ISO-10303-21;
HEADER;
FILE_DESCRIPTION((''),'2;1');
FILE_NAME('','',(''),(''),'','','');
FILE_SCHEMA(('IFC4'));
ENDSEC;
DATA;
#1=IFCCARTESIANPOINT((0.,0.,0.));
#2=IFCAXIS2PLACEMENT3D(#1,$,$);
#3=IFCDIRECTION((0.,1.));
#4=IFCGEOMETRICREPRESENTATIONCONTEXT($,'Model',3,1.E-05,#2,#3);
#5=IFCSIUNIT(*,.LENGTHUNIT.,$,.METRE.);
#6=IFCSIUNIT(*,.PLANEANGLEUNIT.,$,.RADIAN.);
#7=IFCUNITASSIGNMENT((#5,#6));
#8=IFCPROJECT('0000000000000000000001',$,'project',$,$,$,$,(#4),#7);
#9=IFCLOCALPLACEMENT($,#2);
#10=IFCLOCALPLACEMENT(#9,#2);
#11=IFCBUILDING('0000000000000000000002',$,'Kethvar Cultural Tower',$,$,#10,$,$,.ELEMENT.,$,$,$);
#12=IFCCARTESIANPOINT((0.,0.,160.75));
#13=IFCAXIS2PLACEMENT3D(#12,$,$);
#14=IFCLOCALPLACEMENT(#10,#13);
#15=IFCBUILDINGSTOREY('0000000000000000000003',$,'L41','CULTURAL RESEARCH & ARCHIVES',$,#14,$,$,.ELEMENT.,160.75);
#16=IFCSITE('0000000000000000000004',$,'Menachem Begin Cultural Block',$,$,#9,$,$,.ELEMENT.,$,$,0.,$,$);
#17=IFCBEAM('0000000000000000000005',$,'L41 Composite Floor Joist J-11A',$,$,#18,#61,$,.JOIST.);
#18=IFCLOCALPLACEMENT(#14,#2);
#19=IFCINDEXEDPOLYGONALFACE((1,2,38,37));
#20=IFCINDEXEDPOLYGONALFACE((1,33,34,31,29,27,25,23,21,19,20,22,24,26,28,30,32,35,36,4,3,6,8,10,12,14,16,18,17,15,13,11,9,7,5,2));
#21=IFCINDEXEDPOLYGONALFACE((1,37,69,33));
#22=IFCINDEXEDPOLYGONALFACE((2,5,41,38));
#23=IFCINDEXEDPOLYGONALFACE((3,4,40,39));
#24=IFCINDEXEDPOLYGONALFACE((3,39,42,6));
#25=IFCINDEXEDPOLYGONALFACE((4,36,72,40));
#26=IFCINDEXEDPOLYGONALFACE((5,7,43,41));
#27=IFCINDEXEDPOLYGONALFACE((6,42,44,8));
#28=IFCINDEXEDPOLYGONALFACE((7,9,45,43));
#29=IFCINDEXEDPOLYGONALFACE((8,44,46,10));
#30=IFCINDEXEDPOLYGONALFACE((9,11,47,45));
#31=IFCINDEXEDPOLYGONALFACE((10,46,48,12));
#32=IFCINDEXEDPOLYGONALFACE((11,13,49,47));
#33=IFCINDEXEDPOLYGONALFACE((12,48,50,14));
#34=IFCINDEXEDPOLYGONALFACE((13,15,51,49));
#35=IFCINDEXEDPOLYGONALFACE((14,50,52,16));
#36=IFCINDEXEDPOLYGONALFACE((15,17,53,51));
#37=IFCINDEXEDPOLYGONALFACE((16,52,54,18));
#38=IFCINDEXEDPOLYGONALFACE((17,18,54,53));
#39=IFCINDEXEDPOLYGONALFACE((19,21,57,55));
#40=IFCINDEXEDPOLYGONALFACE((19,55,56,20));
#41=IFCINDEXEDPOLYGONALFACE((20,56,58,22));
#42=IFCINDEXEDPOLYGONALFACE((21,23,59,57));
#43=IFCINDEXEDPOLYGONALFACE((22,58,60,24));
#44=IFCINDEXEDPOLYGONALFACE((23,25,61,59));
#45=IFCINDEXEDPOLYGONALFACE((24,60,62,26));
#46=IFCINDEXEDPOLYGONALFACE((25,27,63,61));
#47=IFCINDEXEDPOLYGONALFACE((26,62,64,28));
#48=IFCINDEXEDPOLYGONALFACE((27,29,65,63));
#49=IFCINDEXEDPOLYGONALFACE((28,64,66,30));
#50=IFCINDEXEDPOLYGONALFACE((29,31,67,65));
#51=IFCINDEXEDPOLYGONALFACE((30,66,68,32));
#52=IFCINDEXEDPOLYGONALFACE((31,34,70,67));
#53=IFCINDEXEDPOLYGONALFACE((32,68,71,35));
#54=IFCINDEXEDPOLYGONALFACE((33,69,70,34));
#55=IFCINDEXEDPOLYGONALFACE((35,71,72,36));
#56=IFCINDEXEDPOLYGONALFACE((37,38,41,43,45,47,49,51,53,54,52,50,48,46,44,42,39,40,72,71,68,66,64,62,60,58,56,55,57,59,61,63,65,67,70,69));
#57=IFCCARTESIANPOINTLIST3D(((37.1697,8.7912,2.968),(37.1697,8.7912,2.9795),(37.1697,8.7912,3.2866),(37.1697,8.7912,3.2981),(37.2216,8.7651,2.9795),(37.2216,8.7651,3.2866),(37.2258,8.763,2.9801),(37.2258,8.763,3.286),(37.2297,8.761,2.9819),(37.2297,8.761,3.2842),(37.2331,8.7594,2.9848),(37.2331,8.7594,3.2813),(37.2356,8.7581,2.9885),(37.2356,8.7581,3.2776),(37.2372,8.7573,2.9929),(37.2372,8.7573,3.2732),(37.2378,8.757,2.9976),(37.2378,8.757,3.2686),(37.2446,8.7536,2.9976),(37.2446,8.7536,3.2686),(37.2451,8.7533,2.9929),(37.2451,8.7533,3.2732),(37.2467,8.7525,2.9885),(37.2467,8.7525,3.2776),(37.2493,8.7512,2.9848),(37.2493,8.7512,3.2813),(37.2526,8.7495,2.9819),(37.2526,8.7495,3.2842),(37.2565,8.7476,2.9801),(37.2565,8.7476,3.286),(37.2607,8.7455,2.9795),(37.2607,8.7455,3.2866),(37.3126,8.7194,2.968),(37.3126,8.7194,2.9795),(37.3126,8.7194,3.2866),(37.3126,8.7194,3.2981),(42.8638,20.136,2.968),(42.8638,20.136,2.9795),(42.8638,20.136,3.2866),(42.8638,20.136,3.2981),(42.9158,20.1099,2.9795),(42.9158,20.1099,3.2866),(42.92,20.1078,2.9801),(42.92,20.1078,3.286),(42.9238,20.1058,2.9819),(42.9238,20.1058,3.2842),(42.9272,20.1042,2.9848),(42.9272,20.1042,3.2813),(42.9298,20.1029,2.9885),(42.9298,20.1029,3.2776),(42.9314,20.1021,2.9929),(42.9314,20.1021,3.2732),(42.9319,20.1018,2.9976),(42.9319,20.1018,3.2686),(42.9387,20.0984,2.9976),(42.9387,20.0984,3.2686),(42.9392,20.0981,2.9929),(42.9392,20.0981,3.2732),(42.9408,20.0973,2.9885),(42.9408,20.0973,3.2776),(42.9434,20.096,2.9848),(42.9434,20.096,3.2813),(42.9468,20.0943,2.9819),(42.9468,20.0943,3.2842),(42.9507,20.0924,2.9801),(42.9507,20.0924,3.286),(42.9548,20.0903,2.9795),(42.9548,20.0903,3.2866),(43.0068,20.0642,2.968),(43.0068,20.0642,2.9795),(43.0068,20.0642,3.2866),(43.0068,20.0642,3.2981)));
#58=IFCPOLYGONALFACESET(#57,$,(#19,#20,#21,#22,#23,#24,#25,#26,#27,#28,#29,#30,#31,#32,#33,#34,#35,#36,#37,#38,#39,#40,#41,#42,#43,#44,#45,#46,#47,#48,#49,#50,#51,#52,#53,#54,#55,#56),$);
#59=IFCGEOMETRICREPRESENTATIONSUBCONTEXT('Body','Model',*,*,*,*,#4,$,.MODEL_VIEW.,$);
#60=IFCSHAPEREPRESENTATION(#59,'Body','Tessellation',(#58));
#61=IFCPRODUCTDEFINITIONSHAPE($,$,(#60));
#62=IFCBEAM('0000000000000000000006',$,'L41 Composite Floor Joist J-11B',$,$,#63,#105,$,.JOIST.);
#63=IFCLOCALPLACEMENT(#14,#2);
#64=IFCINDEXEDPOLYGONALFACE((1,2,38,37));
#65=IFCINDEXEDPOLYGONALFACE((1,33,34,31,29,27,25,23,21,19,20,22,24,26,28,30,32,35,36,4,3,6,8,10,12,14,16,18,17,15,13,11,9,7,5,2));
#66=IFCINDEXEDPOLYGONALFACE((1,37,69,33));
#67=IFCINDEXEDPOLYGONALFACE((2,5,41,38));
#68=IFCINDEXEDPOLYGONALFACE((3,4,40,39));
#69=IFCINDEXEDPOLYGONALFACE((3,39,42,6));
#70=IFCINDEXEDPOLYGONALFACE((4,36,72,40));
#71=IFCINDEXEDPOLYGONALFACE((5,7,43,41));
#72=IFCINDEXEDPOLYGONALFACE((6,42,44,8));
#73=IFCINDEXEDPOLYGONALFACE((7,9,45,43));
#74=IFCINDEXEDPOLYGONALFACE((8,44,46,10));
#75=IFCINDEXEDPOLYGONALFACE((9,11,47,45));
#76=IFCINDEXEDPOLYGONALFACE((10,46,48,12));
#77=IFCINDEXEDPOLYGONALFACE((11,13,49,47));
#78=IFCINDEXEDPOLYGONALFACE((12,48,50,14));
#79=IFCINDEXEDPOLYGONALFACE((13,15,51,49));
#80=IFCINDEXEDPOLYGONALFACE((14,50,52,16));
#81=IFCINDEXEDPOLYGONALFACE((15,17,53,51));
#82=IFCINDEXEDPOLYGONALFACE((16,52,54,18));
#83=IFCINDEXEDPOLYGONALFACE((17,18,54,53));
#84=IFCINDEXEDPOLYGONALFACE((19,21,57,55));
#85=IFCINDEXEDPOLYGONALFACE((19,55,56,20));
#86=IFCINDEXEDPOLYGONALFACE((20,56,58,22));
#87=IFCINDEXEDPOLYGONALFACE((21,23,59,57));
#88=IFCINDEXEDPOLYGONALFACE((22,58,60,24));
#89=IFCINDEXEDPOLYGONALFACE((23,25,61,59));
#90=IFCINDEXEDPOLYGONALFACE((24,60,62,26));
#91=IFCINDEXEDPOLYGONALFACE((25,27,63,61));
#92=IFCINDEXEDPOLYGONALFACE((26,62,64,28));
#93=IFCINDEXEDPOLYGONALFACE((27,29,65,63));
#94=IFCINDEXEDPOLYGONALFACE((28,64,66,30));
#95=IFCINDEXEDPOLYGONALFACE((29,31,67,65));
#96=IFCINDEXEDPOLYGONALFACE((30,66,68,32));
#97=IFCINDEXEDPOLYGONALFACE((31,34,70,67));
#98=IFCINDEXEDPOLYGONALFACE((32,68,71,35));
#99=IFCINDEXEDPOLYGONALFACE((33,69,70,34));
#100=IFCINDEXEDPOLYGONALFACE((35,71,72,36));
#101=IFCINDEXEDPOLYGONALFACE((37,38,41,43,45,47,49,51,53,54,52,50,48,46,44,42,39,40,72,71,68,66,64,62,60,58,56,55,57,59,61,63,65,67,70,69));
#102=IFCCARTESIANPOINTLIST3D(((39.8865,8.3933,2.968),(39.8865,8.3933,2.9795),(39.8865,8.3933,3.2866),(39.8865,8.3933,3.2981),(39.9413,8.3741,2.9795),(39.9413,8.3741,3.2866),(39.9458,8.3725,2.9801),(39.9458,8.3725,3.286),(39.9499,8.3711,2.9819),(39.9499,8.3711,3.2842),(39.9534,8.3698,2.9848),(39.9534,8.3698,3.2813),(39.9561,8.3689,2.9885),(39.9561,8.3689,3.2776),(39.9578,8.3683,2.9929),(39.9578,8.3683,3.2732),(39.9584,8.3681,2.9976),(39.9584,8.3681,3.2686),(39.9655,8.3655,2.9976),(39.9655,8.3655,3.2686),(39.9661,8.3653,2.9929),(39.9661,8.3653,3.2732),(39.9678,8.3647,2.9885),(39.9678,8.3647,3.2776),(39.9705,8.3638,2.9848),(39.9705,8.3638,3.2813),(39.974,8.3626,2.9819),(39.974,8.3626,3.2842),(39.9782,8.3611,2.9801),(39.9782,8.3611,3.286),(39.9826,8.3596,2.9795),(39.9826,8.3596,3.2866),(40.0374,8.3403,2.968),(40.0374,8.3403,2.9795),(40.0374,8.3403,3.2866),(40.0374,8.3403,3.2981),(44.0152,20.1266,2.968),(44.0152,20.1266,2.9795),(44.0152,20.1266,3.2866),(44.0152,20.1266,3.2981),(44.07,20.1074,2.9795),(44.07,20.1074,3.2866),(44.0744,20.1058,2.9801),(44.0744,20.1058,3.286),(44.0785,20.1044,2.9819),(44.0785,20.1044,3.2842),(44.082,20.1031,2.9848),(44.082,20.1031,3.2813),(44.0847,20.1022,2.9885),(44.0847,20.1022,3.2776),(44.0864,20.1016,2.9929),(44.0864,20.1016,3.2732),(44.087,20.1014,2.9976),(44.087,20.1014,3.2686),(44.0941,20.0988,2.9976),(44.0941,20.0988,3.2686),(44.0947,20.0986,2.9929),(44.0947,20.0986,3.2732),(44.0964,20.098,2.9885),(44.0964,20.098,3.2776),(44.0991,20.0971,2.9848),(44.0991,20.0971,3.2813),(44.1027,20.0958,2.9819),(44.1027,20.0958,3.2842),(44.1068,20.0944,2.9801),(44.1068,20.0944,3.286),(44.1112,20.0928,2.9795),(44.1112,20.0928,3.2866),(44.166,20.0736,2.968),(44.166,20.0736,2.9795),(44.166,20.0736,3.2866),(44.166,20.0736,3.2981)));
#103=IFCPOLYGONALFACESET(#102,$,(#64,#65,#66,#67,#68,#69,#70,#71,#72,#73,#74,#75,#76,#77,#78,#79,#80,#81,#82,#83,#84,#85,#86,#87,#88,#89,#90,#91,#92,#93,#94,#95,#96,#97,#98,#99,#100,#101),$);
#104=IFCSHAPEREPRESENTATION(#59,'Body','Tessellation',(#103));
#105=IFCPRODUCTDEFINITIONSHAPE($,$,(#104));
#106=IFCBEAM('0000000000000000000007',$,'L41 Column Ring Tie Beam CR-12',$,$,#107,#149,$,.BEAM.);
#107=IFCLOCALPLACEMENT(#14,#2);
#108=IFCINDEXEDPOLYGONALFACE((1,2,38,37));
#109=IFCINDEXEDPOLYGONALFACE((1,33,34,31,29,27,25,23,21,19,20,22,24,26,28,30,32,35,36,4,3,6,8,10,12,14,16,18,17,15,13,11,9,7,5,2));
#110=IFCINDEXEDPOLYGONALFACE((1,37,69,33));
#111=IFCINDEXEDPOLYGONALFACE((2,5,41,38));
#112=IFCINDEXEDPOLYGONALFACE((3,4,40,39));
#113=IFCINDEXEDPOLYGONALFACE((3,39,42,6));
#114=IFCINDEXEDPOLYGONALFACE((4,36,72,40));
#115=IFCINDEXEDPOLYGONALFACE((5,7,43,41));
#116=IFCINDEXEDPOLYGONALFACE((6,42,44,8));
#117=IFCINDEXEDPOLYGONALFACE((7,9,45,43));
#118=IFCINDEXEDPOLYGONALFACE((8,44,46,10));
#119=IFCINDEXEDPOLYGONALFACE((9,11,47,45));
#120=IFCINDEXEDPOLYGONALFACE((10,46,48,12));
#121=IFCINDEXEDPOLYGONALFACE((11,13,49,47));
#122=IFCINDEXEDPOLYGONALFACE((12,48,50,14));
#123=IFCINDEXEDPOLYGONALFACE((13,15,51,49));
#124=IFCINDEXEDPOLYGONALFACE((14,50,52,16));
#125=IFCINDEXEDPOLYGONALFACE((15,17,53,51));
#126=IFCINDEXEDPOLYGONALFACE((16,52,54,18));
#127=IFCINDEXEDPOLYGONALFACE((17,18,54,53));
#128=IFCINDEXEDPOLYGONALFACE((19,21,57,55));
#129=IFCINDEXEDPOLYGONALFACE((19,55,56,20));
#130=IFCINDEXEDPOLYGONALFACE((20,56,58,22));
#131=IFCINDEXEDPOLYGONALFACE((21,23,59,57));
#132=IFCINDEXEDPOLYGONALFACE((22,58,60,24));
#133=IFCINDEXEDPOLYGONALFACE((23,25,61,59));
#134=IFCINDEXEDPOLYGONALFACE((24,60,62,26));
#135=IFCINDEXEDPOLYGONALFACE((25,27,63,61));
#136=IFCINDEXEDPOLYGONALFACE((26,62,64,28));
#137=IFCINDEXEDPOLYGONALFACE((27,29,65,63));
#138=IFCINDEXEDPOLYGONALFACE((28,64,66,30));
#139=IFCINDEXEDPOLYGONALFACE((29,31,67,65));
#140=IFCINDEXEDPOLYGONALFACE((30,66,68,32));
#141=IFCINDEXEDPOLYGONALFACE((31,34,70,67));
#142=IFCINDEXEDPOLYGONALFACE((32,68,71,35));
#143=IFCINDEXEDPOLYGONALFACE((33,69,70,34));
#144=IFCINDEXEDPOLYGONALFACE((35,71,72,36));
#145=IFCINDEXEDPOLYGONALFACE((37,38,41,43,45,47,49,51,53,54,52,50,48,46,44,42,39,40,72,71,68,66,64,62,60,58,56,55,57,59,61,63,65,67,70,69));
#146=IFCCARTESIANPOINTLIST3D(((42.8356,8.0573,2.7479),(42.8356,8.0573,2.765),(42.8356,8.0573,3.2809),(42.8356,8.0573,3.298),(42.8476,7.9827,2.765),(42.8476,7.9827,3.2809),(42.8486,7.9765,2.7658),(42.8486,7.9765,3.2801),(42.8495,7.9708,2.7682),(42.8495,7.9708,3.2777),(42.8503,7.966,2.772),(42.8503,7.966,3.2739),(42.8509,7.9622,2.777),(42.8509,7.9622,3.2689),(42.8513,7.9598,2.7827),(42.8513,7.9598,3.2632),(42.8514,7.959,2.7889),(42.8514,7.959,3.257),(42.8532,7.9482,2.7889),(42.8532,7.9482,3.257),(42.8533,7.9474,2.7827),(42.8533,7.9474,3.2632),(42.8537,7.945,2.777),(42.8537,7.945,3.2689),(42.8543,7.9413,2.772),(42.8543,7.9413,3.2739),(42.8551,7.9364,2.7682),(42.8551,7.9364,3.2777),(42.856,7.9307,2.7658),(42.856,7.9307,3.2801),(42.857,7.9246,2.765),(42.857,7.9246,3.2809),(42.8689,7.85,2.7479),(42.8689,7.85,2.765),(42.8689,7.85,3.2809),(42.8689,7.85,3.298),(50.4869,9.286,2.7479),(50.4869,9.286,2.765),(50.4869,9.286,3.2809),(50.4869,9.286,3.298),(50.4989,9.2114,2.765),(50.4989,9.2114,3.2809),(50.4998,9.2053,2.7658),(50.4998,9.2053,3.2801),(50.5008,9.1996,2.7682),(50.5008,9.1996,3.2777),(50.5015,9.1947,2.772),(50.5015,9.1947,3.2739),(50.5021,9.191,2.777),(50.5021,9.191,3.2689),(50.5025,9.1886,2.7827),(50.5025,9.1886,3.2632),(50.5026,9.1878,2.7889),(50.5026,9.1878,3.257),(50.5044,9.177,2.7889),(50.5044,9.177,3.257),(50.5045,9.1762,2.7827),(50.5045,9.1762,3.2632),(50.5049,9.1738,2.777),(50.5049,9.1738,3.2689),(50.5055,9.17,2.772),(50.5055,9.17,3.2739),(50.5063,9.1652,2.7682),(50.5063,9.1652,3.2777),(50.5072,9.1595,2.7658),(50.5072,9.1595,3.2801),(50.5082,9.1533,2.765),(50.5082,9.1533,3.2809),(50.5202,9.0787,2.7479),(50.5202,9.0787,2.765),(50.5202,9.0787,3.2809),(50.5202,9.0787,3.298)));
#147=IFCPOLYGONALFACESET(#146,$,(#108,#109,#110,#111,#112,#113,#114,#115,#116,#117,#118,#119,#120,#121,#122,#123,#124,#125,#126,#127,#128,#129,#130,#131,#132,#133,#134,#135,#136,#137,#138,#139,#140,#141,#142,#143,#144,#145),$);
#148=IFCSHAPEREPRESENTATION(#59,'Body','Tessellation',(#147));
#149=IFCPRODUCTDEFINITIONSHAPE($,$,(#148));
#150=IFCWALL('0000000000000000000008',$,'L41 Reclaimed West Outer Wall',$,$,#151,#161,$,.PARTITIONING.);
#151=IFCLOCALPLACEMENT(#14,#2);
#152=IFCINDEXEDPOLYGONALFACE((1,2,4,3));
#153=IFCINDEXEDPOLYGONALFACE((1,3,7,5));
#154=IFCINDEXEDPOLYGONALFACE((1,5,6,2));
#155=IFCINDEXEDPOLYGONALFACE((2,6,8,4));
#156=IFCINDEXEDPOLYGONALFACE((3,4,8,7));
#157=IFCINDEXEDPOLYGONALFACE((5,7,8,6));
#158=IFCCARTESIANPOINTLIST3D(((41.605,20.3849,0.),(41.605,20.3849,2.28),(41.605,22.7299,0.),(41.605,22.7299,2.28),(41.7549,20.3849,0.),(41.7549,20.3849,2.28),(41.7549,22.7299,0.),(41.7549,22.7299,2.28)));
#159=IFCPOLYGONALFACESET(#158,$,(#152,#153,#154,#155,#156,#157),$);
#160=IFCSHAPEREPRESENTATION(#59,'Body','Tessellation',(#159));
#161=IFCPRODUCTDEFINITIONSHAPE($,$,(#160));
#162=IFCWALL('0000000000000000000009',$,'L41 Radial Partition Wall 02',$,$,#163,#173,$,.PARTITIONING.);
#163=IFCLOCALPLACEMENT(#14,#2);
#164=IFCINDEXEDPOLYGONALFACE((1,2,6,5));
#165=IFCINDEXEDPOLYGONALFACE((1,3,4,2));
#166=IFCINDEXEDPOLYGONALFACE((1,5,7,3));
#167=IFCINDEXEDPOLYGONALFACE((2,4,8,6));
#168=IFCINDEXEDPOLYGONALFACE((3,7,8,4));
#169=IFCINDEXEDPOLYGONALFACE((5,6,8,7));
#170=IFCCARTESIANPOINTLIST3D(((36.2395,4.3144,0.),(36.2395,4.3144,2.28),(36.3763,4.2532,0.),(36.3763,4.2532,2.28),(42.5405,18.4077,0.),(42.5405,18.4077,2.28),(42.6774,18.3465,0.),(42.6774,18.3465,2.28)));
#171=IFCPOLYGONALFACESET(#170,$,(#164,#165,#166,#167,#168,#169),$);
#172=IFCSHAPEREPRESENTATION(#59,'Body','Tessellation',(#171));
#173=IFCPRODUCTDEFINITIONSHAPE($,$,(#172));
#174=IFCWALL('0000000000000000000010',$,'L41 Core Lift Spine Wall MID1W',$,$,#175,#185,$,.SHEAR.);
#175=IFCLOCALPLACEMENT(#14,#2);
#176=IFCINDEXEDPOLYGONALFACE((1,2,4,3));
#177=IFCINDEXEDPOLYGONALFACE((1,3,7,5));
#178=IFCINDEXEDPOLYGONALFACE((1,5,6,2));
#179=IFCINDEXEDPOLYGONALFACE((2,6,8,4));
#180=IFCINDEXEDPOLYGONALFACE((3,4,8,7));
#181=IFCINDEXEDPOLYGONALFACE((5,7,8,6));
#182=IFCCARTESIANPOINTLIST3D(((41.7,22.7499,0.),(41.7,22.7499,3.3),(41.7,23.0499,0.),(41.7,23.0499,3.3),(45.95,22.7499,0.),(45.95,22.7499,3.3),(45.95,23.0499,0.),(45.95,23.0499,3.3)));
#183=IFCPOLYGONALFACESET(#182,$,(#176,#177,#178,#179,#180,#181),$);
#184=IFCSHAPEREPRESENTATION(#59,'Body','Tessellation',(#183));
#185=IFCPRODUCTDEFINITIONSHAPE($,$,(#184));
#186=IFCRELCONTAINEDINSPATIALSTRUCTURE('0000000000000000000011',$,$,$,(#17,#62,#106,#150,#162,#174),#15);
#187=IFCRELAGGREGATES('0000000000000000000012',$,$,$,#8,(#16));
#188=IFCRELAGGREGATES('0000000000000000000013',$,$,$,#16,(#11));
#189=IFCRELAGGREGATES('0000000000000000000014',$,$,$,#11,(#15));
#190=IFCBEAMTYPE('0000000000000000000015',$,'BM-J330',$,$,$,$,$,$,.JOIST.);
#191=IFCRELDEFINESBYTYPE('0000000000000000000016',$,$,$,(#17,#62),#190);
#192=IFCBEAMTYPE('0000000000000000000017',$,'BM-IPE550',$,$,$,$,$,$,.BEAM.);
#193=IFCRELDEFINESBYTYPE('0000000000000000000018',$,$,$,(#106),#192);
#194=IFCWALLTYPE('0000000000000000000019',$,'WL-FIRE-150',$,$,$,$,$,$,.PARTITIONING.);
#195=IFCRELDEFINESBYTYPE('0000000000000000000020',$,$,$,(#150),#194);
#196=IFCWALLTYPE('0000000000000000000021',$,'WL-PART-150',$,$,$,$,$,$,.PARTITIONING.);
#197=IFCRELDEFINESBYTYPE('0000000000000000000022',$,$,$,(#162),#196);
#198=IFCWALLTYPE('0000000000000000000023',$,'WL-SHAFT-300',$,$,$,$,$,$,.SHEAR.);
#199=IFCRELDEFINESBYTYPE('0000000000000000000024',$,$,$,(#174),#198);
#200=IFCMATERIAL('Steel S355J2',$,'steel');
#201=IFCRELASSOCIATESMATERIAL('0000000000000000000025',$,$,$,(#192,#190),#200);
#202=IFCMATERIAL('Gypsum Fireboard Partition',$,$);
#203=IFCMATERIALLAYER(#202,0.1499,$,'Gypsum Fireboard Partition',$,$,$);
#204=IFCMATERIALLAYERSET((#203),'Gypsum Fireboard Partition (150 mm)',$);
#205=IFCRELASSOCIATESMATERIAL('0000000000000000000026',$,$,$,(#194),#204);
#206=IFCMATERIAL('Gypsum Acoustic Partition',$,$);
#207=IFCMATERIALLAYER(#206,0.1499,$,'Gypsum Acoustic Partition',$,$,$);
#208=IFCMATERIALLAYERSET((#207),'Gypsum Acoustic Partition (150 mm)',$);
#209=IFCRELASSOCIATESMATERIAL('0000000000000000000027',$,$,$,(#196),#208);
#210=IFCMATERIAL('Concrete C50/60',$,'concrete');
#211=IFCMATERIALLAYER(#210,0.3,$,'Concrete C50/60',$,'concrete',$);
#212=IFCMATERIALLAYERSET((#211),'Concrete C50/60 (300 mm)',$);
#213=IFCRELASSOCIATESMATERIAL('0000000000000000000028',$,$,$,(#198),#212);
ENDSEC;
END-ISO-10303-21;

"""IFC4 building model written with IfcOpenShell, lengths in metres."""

from ifc_helpers import new_model, si_unit, direction, frame, frame_2d, origin, origin_2d, place, context, subcontext, project, spatial, rectangle, i_section, extrude, source, transform, mapped, material, layer, layer_set, material_profile, profile_set, type_object, element, save


model = new_model("IFC4")

# Units and contexts
model_context = context("Model", 3, precision=1e-05, world=origin(), true_north=direction((0.0, 1.0)))
body_context = subcontext(model_context, "Body", "Model", "MODEL_VIEW")
ifc_project = project(units=[si_unit("LENGTHUNIT", "METRE"), si_unit("PLANEANGLEUNIT", "RADIAN")], contexts=[model_context])

# Site, building, storey
site_placement = place(None, origin())
site = spatial("IfcSite", under=ifc_project, at=site_placement, Name="Menachem Begin Cultural Block", CompositionType="ELEMENT", RefElevation=0.0)
building_placement = place(site_placement, origin())
building = spatial("IfcBuilding", under=site, at=building_placement, Name="Kethvar Cultural Tower", CompositionType="ELEMENT")
storey_placement = place(building_placement, frame((0.0, 0.0, 160.75)))
storey = spatial("IfcBuildingStorey", under=building, at=storey_placement, Name="L41", Description="CULTURAL RESEARCH & ARCHIVES", CompositionType="ELEMENT", Elevation=160.75)

# Beams
ifc_material_1 = material(Name="Steel S355J2", Category="steel")
ifc_material_profile_1 = material_profile(ifc_material_1, i_section(OverallWidth=0.21, OverallDepth=0.55, WebThickness=0.011, FlangeThickness=0.0171, FilletRadius=0.0239, at=origin_2d()), Name="Steel S355J2 — IPE550")
ifc_profile_set_1 = profile_set([ifc_material_profile_1], Name="Steel S355J2 — IPE550")
beam_type_1 = type_object("IfcBeamType", Name="BM-IPE550", PredefinedType="BEAM", material=ifc_profile_set_1)
ifc_material_profile_2 = material_profile(ifc_material_1, i_section(OverallWidth=0.1599, OverallDepth=0.3301, WebThickness=0.0076, FlangeThickness=0.0115, FilletRadius=0.0181, at=origin_2d()), Name="Steel S355J2 — IPE330")
ifc_profile_set_2 = profile_set([ifc_material_profile_2], Name="Steel S355J2 — IPE330")
beam_type_2 = type_object("IfcBeamType", Name="BM-J330", PredefinedType="JOIST", material=ifc_profile_set_2)
shared_shape_1 = source(origin(), body_context, "Body", "SweptSolid", [
    extrude(i_section(OverallWidth=0.1599, OverallDepth=0.3301, WebThickness=0.0076, FlangeThickness=0.0115, FilletRadius=0.0181, at=origin_2d()), origin(), (0.0, 0.0, 1.0), 12.6936),
])
beam_1_placement = place(storey_placement, frame((42.9353, 20.1001, 3.1331), z_axis=(-0.448582, -0.893741, 0.0), x_axis=(0.893741, -0.448582, 0.0)))
element("IfcBeam", 1, at=beam_1_placement, inside=storey, type_object=beam_type_2, Name="L41 Composite Floor Joist J-11A", PredefinedType="JOIST", context=body_context, shape_type="MappedRepresentation", body=[
    mapped(shared_shape_1, transform((0.0, 0.0, 0.0), scale=1.0)),
])
shared_shape_2 = source(origin(), body_context, "Body", "SweptSolid", [
    extrude(i_section(OverallWidth=0.1599, OverallDepth=0.3301, WebThickness=0.0076, FlangeThickness=0.0115, FilletRadius=0.0181, at=origin_2d()), origin(), (0.0, 0.0, 1.0), 12.4385),
])
beam_2_placement = place(storey_placement, frame((44.0906, 20.1001, 3.1331), z_axis=(-0.331924, -0.943306, 0.0), x_axis=(0.943306, -0.331924, 0.0)))
element("IfcBeam", 2, at=beam_2_placement, inside=storey, type_object=beam_type_2, Name="L41 Composite Floor Joist J-11B", PredefinedType="JOIST", context=body_context, shape_type="MappedRepresentation", body=[
    mapped(shared_shape_2, transform((0.0, 0.0, 0.0), scale=1.0)),
])
shared_shape_3 = source(origin(), body_context, "Body", "SweptSolid", [
    extrude(i_section(OverallWidth=0.21, OverallDepth=0.55, WebThickness=0.011, FlangeThickness=0.0171, FilletRadius=0.0239, at=origin_2d()), origin(), (0.0, 0.0, 1.0), 7.7493),
])
beam_3_placement = place(storey_placement, frame((42.8523, 7.9536, 3.0229), z_axis=(0.987348, 0.158567, 0.0), x_axis=(-0.158567, 0.987348, 0.0)))
element("IfcBeam", 3, at=beam_3_placement, inside=storey, type_object=beam_type_1, Name="L41 Column Ring Tie Beam CR-12", PredefinedType="BEAM", context=body_context, shape_type="MappedRepresentation", body=[
    mapped(shared_shape_3, transform((0.0, 0.0, 0.0), scale=1.0)),
])

# Walls
ifc_material_2 = material(Name="Gypsum Fireboard Partition")
ifc_layer_1 = layer(ifc_material_2, 0.1499, Name="Gypsum Fireboard Partition")
ifc_layer_set_1 = layer_set([ifc_layer_1], Name="Gypsum Fireboard Partition (150 mm)")
wall_type_1 = type_object("IfcWallType", Name="WL-FIRE-150", PredefinedType="PARTITIONING", material=ifc_layer_set_1)
wall_1_placement = place(storey_placement, frame((41.6799, 20.385, 0.0), z_axis=(0.0, 0.0, 1.0), x_axis=(0.0, 1.0, 0.0)))
element("IfcWall", 4, at=wall_1_placement, inside=storey, type_object=wall_type_1, Name="L41 Reclaimed West Outer Wall", PredefinedType="PARTITIONING", context=body_context, shape_type="SweptSolid", body=[
    extrude(rectangle(XDim=2.345, YDim=0.1499, at=frame_2d((1.1724, 0.0))), origin(), (0.0, 0.0, 1.0), 2.28),
])
ifc_material_3 = material(Name="Gypsum Acoustic Partition")
ifc_layer_2 = layer(ifc_material_3, 0.1499, Name="Gypsum Acoustic Partition")
ifc_layer_set_2 = layer_set([ifc_layer_2], Name="Gypsum Acoustic Partition (150 mm)")
wall_type_2 = type_object("IfcWallType", Name="WL-PART-150", PredefinedType="PARTITIONING", material=ifc_layer_set_2)
wall_2_placement = place(storey_placement, frame((42.6089, 18.377, 0.0), z_axis=(0.0, 0.0, 1.0), x_axis=(-0.408158, -0.912911, 0.0)))
element("IfcWall", 5, at=wall_2_placement, inside=storey, type_object=wall_type_2, Name="L41 Radial Partition Wall 02", PredefinedType="PARTITIONING", context=body_context, shape_type="SweptSolid", body=[
    extrude(rectangle(XDim=15.4377, YDim=0.1499, at=frame_2d((7.7188, 0.0))), origin(), (0.0, 0.0, 1.0), 2.28),
])
ifc_material_4 = material(Name="Concrete C50/60", Category="concrete")
ifc_layer_3 = layer(ifc_material_4, 0.3, Name="Concrete C50/60", Category="concrete")
ifc_layer_set_3 = layer_set([ifc_layer_3], Name="Concrete C50/60 (300 mm)")
wall_type_3 = type_object("IfcWallType", Name="WL-SHAFT-300", PredefinedType="SHEAR", material=ifc_layer_set_3)
wall_3_placement = place(storey_placement, frame((41.7, 22.8999, 0.0), z_axis=(0.0, 0.0, 1.0), x_axis=(1.0, 0.0, 0.0)))
element("IfcWall", 6, at=wall_3_placement, inside=storey, type_object=wall_type_3, Name="L41 Core Lift Spine Wall MID1W", PredefinedType="SHEAR", context=body_context, shape_type="SweptSolid", body=[
    extrude(rectangle(XDim=4.25, YDim=0.3, at=frame_2d((2.125, 0.0))), origin(), (0.0, 0.0, 1.0), 3.3),
])

save(model, "model.ifc")
